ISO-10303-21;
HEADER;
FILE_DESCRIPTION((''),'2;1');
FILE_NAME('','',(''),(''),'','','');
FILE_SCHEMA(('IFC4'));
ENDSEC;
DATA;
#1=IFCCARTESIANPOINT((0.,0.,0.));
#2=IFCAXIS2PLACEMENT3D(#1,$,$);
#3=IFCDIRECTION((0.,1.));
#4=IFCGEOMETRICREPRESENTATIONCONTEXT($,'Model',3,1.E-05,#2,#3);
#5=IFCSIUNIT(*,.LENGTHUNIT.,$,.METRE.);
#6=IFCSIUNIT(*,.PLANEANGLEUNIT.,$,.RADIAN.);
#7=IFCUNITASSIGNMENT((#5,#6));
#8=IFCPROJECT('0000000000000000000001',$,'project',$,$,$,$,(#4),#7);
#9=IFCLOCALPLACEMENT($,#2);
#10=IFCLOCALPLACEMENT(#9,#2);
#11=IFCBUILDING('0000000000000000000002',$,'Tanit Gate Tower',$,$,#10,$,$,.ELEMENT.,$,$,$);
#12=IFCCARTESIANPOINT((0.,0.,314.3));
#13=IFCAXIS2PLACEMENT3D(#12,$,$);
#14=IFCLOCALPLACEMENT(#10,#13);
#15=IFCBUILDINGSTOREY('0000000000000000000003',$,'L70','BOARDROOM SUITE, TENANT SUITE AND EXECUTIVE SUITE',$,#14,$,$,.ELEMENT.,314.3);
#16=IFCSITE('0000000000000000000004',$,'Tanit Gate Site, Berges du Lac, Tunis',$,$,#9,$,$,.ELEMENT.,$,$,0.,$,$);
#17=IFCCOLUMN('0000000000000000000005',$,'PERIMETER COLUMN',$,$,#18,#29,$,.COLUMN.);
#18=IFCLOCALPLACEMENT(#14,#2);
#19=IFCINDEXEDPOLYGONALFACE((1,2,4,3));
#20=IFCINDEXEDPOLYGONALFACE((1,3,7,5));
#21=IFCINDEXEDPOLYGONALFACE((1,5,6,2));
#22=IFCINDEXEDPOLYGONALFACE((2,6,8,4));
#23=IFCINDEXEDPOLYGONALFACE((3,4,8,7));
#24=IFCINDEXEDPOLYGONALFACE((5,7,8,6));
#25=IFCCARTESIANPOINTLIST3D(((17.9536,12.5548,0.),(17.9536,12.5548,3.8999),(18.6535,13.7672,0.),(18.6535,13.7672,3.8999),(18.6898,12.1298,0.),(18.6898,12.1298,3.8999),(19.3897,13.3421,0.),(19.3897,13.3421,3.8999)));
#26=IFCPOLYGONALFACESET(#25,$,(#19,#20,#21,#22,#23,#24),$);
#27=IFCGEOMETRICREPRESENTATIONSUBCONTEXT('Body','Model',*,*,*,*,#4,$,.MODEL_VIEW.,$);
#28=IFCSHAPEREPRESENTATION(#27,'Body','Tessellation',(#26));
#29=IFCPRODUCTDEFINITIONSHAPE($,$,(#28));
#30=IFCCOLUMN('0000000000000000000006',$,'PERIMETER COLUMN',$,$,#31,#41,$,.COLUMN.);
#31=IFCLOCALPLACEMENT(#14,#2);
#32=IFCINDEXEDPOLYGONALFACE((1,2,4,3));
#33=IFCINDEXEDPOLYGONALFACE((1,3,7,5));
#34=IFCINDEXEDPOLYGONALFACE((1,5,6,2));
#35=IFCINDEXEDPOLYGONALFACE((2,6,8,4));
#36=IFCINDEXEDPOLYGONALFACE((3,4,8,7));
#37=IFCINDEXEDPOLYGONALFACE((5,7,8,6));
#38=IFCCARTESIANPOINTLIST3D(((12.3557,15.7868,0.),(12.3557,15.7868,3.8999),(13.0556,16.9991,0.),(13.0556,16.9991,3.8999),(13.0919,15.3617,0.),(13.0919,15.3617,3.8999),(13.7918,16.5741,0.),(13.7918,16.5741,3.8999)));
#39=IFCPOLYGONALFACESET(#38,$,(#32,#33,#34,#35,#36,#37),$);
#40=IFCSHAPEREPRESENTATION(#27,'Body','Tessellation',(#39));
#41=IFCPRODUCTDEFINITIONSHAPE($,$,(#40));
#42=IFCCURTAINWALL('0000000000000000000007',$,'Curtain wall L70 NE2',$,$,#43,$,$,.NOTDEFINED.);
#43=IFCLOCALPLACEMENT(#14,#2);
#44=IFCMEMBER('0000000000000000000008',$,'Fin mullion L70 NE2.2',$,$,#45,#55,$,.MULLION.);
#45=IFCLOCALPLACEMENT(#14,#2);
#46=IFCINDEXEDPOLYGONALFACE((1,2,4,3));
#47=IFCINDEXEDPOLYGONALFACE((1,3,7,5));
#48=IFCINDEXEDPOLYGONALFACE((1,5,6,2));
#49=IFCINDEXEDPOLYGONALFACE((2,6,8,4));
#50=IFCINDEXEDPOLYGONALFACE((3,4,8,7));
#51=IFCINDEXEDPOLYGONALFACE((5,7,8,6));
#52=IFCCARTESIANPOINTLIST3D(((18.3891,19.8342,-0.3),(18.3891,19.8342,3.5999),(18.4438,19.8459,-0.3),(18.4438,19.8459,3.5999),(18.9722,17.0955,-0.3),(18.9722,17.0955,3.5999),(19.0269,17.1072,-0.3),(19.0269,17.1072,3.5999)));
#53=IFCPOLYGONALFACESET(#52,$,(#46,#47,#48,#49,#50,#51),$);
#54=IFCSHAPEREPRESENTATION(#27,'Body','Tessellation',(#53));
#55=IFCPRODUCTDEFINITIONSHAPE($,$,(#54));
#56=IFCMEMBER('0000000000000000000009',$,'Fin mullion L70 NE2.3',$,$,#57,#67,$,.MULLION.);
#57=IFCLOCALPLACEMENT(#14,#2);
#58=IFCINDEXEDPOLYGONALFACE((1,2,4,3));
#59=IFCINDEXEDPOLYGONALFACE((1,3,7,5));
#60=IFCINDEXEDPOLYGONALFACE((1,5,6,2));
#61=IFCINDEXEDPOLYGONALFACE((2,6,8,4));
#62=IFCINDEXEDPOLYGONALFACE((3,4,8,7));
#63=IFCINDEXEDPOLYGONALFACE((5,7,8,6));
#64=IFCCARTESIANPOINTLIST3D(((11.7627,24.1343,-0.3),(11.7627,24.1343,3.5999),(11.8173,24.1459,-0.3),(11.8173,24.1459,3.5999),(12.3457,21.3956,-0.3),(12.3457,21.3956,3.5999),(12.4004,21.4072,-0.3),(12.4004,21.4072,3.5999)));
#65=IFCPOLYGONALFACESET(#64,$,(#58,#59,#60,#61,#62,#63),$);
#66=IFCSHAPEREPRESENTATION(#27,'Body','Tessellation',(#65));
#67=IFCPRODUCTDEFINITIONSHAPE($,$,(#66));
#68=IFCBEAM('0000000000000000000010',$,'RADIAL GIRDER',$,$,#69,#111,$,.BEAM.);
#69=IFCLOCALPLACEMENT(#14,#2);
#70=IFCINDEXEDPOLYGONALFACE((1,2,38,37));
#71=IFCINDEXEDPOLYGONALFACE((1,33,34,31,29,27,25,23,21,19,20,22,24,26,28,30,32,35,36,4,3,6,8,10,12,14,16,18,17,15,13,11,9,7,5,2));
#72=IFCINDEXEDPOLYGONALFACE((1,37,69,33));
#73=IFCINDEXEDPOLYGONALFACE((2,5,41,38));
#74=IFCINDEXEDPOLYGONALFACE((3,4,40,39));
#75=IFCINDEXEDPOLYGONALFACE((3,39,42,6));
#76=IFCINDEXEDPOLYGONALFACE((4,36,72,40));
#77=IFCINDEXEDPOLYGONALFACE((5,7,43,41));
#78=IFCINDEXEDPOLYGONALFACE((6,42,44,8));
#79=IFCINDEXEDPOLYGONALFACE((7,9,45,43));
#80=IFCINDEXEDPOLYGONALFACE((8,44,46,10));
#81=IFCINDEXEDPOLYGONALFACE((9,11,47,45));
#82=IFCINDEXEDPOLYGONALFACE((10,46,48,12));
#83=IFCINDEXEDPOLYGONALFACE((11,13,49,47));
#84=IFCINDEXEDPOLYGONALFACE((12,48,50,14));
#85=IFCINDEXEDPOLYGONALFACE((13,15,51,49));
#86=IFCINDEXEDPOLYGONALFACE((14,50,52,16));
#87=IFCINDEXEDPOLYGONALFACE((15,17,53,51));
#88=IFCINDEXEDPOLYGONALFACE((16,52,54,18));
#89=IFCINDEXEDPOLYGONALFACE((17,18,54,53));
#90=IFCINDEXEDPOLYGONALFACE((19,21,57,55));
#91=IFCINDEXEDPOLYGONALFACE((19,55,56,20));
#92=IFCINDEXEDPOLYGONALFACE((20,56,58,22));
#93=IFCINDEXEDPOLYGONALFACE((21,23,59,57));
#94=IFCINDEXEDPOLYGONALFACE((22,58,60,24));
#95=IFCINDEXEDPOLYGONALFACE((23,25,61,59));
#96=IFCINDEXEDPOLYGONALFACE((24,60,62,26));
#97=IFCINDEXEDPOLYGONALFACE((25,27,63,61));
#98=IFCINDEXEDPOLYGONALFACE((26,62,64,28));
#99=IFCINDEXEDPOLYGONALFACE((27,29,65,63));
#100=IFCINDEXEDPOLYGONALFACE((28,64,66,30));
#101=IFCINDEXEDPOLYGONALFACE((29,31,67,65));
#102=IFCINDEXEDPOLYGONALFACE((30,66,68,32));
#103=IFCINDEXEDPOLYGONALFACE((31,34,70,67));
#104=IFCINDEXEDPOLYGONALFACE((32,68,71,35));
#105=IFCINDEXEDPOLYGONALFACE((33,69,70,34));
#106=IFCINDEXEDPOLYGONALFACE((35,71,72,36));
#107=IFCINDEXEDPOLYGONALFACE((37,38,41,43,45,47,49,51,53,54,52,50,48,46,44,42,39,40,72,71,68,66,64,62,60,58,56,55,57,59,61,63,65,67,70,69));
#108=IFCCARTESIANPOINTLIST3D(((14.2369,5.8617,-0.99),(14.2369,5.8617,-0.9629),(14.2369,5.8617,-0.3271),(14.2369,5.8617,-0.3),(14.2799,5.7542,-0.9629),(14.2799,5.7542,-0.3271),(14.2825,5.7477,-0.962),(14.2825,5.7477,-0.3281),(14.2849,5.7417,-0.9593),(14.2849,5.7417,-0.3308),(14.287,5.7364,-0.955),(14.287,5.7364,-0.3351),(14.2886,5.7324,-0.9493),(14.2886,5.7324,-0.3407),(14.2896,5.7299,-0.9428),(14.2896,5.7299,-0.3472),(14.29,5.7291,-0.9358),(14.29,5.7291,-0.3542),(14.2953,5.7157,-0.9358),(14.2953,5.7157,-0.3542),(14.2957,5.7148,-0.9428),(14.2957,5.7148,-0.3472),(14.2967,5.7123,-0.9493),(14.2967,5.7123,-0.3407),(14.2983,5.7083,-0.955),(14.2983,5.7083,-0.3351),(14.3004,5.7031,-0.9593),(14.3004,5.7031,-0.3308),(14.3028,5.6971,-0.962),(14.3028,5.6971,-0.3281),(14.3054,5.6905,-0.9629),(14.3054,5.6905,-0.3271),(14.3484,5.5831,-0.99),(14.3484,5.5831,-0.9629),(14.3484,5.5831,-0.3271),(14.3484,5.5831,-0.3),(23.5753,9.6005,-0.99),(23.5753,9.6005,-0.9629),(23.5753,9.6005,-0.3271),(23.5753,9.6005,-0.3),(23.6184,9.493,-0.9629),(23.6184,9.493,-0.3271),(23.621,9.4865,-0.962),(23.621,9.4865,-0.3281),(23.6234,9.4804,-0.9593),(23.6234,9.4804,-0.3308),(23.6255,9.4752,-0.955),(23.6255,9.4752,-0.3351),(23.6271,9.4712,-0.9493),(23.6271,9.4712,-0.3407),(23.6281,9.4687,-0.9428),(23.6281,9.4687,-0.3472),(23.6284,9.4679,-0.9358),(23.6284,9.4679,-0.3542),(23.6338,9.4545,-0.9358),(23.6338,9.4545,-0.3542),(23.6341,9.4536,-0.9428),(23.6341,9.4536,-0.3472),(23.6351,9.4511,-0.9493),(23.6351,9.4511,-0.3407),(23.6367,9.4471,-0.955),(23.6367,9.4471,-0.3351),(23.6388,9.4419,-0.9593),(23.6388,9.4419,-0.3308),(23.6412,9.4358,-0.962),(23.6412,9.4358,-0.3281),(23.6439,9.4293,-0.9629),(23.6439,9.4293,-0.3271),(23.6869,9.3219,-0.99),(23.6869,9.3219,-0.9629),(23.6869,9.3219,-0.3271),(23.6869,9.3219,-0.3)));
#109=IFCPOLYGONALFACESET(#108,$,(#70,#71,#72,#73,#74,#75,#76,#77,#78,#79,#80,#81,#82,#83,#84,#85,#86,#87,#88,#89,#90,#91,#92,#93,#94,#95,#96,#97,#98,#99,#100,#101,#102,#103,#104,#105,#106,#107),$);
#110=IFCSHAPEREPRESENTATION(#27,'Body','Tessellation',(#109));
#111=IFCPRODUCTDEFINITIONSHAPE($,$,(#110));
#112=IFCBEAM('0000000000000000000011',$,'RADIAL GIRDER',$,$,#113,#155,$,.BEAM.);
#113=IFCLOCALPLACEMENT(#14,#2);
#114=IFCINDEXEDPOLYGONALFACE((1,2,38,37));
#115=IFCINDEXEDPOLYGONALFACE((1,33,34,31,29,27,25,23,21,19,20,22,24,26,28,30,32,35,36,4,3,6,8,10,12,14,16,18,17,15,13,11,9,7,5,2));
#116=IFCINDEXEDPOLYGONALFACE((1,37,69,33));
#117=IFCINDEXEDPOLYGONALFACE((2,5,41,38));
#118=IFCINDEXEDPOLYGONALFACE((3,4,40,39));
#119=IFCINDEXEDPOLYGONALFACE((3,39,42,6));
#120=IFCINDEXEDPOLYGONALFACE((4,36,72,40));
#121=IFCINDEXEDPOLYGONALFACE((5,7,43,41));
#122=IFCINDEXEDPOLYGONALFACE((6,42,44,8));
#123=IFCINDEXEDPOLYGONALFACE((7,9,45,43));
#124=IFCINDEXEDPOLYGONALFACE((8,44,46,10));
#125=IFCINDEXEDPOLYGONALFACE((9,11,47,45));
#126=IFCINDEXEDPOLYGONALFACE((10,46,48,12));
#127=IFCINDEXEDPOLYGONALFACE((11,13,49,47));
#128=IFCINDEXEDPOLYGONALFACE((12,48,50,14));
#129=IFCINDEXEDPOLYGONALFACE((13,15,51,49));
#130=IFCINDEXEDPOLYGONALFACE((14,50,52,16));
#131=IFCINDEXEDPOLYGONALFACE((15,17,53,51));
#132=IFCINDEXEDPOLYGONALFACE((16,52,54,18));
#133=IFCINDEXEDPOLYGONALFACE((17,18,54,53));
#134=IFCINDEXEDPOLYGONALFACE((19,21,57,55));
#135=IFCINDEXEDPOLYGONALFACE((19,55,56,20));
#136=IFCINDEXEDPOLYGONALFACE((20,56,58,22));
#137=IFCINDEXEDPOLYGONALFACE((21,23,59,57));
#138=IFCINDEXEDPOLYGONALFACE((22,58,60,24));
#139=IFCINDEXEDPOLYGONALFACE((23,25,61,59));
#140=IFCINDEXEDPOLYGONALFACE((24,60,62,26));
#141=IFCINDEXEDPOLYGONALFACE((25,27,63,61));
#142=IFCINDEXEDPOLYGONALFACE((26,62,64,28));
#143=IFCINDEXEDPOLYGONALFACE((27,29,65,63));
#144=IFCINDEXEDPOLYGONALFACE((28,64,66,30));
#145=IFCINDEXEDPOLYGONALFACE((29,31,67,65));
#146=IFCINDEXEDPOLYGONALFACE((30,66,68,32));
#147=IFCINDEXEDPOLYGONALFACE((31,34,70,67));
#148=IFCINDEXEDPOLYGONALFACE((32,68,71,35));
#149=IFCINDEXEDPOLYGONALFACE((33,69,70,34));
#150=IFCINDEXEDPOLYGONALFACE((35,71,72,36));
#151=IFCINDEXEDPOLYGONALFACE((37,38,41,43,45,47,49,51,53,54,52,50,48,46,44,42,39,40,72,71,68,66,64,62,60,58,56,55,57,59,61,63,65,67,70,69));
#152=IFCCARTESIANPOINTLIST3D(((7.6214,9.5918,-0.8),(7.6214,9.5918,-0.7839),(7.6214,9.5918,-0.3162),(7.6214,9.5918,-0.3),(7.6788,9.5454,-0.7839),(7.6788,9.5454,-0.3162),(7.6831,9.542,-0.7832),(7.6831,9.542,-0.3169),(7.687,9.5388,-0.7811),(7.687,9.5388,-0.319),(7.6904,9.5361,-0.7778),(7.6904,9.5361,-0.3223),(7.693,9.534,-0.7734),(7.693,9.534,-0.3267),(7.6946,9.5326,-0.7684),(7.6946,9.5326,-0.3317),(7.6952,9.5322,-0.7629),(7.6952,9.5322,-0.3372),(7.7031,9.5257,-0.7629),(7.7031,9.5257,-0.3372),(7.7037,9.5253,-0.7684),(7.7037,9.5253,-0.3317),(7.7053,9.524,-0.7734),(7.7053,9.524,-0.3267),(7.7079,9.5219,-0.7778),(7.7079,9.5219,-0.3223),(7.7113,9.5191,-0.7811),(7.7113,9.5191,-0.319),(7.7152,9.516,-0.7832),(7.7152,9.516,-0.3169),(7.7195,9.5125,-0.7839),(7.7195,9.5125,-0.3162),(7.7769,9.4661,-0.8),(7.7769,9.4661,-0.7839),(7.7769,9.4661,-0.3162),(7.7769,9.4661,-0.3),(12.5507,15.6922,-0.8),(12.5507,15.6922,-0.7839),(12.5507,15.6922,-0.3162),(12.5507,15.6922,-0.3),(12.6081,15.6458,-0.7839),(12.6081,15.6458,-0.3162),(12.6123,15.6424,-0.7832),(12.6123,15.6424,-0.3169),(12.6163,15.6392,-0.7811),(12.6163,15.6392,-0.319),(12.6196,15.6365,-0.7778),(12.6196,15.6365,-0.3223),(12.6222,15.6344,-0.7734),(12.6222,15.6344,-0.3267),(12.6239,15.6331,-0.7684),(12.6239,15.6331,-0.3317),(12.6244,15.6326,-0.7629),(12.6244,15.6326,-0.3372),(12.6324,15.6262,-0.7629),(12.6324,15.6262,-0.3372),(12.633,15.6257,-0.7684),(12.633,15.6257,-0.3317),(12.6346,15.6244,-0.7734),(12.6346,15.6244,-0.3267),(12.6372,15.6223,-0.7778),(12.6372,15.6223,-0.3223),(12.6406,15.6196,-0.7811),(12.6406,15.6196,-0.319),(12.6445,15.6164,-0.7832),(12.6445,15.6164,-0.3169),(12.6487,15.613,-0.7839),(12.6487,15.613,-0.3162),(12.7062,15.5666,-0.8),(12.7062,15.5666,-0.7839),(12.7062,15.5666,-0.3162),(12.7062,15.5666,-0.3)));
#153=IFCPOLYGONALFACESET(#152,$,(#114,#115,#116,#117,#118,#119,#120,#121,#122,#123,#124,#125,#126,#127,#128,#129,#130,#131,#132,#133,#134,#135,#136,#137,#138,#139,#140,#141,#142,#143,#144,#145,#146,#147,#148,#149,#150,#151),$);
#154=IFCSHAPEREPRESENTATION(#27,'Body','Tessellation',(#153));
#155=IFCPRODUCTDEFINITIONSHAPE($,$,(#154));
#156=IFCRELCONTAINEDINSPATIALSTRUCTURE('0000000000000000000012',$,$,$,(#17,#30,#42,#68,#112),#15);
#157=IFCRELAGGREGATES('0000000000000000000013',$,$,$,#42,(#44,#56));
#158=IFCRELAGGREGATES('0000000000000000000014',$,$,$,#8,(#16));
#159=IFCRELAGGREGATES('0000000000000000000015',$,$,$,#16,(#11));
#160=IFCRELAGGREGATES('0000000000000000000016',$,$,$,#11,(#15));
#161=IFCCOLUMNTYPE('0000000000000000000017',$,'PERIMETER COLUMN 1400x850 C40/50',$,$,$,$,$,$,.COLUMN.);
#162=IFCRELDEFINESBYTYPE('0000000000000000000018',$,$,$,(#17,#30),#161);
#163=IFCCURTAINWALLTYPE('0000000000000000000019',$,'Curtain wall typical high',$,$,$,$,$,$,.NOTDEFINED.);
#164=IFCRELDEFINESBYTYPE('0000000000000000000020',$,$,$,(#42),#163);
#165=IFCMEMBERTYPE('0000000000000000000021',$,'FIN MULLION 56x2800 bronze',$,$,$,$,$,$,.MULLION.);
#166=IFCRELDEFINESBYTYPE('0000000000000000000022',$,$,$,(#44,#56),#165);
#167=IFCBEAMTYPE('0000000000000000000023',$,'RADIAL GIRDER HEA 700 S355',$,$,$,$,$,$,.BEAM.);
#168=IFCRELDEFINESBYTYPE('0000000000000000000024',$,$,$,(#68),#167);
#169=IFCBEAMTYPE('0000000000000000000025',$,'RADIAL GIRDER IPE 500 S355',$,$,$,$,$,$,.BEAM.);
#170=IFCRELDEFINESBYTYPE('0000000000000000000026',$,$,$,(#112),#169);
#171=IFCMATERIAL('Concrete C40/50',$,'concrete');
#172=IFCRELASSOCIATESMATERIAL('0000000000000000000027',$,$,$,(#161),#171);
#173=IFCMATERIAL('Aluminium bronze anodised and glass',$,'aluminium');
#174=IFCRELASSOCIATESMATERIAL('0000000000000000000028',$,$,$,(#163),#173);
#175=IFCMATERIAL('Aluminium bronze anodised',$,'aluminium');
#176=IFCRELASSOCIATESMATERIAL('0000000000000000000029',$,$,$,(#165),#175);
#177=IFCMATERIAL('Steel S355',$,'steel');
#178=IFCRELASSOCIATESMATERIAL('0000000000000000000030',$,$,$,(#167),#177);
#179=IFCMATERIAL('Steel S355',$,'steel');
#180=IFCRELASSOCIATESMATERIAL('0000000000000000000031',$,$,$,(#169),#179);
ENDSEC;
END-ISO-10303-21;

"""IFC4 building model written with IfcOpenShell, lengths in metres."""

from ifc_helpers import new_model, si_unit, direction, frame, origin, origin_2d, place, context, subcontext, project, spatial, rectangle, i_section, extrude, material, material_profile, profile_set, type_object, element, aggregate, save


model = new_model("IFC4")

# Units and contexts
model_context = context("Model", 3, precision=1e-05, world=origin(), true_north=direction((0.0, 1.0)))
body_context = subcontext(model_context, "Body", "Model", "MODEL_VIEW")
ifc_project = project(units=[si_unit("LENGTHUNIT", "METRE"), si_unit("PLANEANGLEUNIT", "RADIAN")], contexts=[model_context])

# Site, building, storey
site_placement = place(None, origin())
site = spatial("IfcSite", under=ifc_project, at=site_placement, Name="Tanit Gate Site, Berges du Lac, Tunis", CompositionType="ELEMENT", RefElevation=0.0)
building_placement = place(site_placement, origin())
building = spatial("IfcBuilding", under=site, at=building_placement, Name="Tanit Gate Tower", CompositionType="ELEMENT")
storey_placement = place(building_placement, frame((0.0, 0.0, 314.3)))
storey = spatial("IfcBuildingStorey", under=building, at=storey_placement, Name="L70", Description="BOARDROOM SUITE, TENANT SUITE AND EXECUTIVE SUITE", CompositionType="ELEMENT", Elevation=314.3)

# Columns
ifc_material_1 = material(Name="Concrete C40/50", Category="concrete")
ifc_material_profile_1 = material_profile(ifc_material_1, rectangle(XDim=1.3999, YDim=0.8501, at=origin_2d()), Name="RC 1400x850")
ifc_profile_set_1 = profile_set([ifc_material_profile_1], Name="Concrete C40/50")
column_type = type_object("IfcColumnType", Name="PERIMETER COLUMN 1400x850 C40/50", PredefinedType="COLUMN", material=ifc_profile_set_1)
for number, where, z_axis, x_axis, name in (
    (1, (18.6716, 12.9485, 0.0), (0.0, 0.0, 1.0), (0.5, 0.866025, 0.0), "PERIMETER COLUMN"),
    (2, (13.0737, 16.1804, 0.0), (0.0, 0.0, 1.0), (0.5, 0.866025, 0.0), "PERIMETER COLUMN"),
):
    element("IfcColumn", number, at=place(storey_placement, frame(where, z_axis=z_axis, x_axis=x_axis)), inside=storey, type_object=column_type, Name=name, PredefinedType="COLUMN", context=body_context, shape_type="SweptSolid", body=[
        extrude(rectangle(XDim=1.3999, YDim=0.8501, at=origin_2d()), origin(), (0.0, 0.0, 1.0), 3.8999),
    ])

# Curtain wall, members
ifc_material_2 = material(Name="Aluminium bronze anodised and glass", Category="aluminium")
curtain_wall_type = type_object("IfcCurtainWallType", Name="Curtain wall typical high", PredefinedType="NOTDEFINED", material=ifc_material_2)
curtain_wall_placement = place(storey_placement, origin())
curtain_wall = element("IfcCurtainWall", 3, at=curtain_wall_placement, inside=storey, type_object=curtain_wall_type, Name="Curtain wall L70 NE2", PredefinedType="NOTDEFINED")
ifc_material_3 = material(Name="Aluminium bronze anodised", Category="aluminium")
ifc_material_profile_2 = material_profile(ifc_material_3, rectangle(XDim=2.8, YDim=0.0559, at=origin_2d()), Name="56x2800 bronze fin mullion")
ifc_profile_set_2 = profile_set([ifc_material_profile_2], Name="Aluminium bronze anodised")
member_type_1 = type_object("IfcMemberType", Name="FIN MULLION 56x2800 bronze", PredefinedType="MULLION", material=ifc_profile_set_2)
member_1_placement = place(storey_placement, frame((18.708, 18.4707, -0.3), z_axis=(0.0, 0.0, 1.0), x_axis=(0.208238, -0.978078, 0.0)))
member_1 = element("IfcMember", 4, at=member_1_placement, type_object=member_type_1, Name="Fin mullion L70 NE2.2", PredefinedType="MULLION", context=body_context, shape_type="SweptSolid", body=[
    extrude(rectangle(XDim=2.8, YDim=0.0559, at=origin_2d()), origin(), (0.0, 0.0, 1.0), 3.8999),
])
member_2_placement = place(storey_placement, frame((12.0815, 22.7708, -0.3), z_axis=(0.0, 0.0, 1.0), x_axis=(0.208238, -0.978078, 0.0)))
member_2 = element("IfcMember", 5, at=member_2_placement, type_object=member_type_1, Name="Fin mullion L70 NE2.3", PredefinedType="MULLION", context=body_context, shape_type="SweptSolid", body=[
    extrude(rectangle(XDim=2.8, YDim=0.0559, at=origin_2d()), origin(), (0.0, 0.0, 1.0), 3.8999),
])

# Beams
ifc_material_4 = material(Name="Steel S355", Category="steel")
ifc_material_profile_3 = material_profile(ifc_material_4, i_section(OverallWidth=0.3, OverallDepth=0.6899, WebThickness=0.0144, FlangeThickness=0.0271, FilletRadius=0.0271, at=origin_2d()), Name="HEA 700")
ifc_profile_set_3 = profile_set([ifc_material_profile_3], Name="Steel S355")
beam_type_1 = type_object("IfcBeamType", Name="RADIAL GIRDER HEA 700 S355", PredefinedType="BEAM", material=ifc_profile_set_3)
beam_1_placement = place(storey_placement, frame((23.6311, 9.4612, -0.645), z_axis=(-0.928359, -0.371684, 0.0), x_axis=(0.371684, -0.928359, 0.0)))
element("IfcBeam", 6, at=beam_1_placement, inside=storey, type_object=beam_type_1, Name="RADIAL GIRDER", PredefinedType="BEAM", context=body_context, shape_type="SweptSolid", body=[
    extrude(i_section(OverallWidth=0.3, OverallDepth=0.6899, WebThickness=0.0144, FlangeThickness=0.0271, FilletRadius=0.0271, at=origin_2d()), origin(), (0.0, 0.0, 1.0), 10.0591),
])
ifc_material_5 = material(Name="Steel S355", Category="steel")
ifc_material_profile_4 = material_profile(ifc_material_5, i_section(OverallWidth=0.2, OverallDepth=0.5, WebThickness=0.0103, FlangeThickness=0.0161, FilletRadius=0.021, at=origin_2d()), Name="IPE 500")
ifc_profile_set_4 = profile_set([ifc_material_profile_4], Name="Steel S355")
beam_type_2 = type_object("IfcBeamType", Name="RADIAL GIRDER IPE 500 S355", PredefinedType="BEAM", material=ifc_profile_set_4)
beam_2_placement = place(storey_placement, frame((12.6284, 15.6294, -0.55), z_axis=(-0.628491, -0.777817, 0.0), x_axis=(0.777817, -0.628491, 0.0)))
element("IfcBeam", 7, at=beam_2_placement, inside=storey, type_object=beam_type_2, Name="RADIAL GIRDER", PredefinedType="BEAM", context=body_context, shape_type="SweptSolid", body=[
    extrude(i_section(OverallWidth=0.2, OverallDepth=0.5, WebThickness=0.0103, FlangeThickness=0.0161, FilletRadius=0.021, at=origin_2d()), origin(), (0.0, 0.0, 1.0), 7.843),
])

aggregate(curtain_wall, [member_1, member_2])

save(model, "model.ifc")
